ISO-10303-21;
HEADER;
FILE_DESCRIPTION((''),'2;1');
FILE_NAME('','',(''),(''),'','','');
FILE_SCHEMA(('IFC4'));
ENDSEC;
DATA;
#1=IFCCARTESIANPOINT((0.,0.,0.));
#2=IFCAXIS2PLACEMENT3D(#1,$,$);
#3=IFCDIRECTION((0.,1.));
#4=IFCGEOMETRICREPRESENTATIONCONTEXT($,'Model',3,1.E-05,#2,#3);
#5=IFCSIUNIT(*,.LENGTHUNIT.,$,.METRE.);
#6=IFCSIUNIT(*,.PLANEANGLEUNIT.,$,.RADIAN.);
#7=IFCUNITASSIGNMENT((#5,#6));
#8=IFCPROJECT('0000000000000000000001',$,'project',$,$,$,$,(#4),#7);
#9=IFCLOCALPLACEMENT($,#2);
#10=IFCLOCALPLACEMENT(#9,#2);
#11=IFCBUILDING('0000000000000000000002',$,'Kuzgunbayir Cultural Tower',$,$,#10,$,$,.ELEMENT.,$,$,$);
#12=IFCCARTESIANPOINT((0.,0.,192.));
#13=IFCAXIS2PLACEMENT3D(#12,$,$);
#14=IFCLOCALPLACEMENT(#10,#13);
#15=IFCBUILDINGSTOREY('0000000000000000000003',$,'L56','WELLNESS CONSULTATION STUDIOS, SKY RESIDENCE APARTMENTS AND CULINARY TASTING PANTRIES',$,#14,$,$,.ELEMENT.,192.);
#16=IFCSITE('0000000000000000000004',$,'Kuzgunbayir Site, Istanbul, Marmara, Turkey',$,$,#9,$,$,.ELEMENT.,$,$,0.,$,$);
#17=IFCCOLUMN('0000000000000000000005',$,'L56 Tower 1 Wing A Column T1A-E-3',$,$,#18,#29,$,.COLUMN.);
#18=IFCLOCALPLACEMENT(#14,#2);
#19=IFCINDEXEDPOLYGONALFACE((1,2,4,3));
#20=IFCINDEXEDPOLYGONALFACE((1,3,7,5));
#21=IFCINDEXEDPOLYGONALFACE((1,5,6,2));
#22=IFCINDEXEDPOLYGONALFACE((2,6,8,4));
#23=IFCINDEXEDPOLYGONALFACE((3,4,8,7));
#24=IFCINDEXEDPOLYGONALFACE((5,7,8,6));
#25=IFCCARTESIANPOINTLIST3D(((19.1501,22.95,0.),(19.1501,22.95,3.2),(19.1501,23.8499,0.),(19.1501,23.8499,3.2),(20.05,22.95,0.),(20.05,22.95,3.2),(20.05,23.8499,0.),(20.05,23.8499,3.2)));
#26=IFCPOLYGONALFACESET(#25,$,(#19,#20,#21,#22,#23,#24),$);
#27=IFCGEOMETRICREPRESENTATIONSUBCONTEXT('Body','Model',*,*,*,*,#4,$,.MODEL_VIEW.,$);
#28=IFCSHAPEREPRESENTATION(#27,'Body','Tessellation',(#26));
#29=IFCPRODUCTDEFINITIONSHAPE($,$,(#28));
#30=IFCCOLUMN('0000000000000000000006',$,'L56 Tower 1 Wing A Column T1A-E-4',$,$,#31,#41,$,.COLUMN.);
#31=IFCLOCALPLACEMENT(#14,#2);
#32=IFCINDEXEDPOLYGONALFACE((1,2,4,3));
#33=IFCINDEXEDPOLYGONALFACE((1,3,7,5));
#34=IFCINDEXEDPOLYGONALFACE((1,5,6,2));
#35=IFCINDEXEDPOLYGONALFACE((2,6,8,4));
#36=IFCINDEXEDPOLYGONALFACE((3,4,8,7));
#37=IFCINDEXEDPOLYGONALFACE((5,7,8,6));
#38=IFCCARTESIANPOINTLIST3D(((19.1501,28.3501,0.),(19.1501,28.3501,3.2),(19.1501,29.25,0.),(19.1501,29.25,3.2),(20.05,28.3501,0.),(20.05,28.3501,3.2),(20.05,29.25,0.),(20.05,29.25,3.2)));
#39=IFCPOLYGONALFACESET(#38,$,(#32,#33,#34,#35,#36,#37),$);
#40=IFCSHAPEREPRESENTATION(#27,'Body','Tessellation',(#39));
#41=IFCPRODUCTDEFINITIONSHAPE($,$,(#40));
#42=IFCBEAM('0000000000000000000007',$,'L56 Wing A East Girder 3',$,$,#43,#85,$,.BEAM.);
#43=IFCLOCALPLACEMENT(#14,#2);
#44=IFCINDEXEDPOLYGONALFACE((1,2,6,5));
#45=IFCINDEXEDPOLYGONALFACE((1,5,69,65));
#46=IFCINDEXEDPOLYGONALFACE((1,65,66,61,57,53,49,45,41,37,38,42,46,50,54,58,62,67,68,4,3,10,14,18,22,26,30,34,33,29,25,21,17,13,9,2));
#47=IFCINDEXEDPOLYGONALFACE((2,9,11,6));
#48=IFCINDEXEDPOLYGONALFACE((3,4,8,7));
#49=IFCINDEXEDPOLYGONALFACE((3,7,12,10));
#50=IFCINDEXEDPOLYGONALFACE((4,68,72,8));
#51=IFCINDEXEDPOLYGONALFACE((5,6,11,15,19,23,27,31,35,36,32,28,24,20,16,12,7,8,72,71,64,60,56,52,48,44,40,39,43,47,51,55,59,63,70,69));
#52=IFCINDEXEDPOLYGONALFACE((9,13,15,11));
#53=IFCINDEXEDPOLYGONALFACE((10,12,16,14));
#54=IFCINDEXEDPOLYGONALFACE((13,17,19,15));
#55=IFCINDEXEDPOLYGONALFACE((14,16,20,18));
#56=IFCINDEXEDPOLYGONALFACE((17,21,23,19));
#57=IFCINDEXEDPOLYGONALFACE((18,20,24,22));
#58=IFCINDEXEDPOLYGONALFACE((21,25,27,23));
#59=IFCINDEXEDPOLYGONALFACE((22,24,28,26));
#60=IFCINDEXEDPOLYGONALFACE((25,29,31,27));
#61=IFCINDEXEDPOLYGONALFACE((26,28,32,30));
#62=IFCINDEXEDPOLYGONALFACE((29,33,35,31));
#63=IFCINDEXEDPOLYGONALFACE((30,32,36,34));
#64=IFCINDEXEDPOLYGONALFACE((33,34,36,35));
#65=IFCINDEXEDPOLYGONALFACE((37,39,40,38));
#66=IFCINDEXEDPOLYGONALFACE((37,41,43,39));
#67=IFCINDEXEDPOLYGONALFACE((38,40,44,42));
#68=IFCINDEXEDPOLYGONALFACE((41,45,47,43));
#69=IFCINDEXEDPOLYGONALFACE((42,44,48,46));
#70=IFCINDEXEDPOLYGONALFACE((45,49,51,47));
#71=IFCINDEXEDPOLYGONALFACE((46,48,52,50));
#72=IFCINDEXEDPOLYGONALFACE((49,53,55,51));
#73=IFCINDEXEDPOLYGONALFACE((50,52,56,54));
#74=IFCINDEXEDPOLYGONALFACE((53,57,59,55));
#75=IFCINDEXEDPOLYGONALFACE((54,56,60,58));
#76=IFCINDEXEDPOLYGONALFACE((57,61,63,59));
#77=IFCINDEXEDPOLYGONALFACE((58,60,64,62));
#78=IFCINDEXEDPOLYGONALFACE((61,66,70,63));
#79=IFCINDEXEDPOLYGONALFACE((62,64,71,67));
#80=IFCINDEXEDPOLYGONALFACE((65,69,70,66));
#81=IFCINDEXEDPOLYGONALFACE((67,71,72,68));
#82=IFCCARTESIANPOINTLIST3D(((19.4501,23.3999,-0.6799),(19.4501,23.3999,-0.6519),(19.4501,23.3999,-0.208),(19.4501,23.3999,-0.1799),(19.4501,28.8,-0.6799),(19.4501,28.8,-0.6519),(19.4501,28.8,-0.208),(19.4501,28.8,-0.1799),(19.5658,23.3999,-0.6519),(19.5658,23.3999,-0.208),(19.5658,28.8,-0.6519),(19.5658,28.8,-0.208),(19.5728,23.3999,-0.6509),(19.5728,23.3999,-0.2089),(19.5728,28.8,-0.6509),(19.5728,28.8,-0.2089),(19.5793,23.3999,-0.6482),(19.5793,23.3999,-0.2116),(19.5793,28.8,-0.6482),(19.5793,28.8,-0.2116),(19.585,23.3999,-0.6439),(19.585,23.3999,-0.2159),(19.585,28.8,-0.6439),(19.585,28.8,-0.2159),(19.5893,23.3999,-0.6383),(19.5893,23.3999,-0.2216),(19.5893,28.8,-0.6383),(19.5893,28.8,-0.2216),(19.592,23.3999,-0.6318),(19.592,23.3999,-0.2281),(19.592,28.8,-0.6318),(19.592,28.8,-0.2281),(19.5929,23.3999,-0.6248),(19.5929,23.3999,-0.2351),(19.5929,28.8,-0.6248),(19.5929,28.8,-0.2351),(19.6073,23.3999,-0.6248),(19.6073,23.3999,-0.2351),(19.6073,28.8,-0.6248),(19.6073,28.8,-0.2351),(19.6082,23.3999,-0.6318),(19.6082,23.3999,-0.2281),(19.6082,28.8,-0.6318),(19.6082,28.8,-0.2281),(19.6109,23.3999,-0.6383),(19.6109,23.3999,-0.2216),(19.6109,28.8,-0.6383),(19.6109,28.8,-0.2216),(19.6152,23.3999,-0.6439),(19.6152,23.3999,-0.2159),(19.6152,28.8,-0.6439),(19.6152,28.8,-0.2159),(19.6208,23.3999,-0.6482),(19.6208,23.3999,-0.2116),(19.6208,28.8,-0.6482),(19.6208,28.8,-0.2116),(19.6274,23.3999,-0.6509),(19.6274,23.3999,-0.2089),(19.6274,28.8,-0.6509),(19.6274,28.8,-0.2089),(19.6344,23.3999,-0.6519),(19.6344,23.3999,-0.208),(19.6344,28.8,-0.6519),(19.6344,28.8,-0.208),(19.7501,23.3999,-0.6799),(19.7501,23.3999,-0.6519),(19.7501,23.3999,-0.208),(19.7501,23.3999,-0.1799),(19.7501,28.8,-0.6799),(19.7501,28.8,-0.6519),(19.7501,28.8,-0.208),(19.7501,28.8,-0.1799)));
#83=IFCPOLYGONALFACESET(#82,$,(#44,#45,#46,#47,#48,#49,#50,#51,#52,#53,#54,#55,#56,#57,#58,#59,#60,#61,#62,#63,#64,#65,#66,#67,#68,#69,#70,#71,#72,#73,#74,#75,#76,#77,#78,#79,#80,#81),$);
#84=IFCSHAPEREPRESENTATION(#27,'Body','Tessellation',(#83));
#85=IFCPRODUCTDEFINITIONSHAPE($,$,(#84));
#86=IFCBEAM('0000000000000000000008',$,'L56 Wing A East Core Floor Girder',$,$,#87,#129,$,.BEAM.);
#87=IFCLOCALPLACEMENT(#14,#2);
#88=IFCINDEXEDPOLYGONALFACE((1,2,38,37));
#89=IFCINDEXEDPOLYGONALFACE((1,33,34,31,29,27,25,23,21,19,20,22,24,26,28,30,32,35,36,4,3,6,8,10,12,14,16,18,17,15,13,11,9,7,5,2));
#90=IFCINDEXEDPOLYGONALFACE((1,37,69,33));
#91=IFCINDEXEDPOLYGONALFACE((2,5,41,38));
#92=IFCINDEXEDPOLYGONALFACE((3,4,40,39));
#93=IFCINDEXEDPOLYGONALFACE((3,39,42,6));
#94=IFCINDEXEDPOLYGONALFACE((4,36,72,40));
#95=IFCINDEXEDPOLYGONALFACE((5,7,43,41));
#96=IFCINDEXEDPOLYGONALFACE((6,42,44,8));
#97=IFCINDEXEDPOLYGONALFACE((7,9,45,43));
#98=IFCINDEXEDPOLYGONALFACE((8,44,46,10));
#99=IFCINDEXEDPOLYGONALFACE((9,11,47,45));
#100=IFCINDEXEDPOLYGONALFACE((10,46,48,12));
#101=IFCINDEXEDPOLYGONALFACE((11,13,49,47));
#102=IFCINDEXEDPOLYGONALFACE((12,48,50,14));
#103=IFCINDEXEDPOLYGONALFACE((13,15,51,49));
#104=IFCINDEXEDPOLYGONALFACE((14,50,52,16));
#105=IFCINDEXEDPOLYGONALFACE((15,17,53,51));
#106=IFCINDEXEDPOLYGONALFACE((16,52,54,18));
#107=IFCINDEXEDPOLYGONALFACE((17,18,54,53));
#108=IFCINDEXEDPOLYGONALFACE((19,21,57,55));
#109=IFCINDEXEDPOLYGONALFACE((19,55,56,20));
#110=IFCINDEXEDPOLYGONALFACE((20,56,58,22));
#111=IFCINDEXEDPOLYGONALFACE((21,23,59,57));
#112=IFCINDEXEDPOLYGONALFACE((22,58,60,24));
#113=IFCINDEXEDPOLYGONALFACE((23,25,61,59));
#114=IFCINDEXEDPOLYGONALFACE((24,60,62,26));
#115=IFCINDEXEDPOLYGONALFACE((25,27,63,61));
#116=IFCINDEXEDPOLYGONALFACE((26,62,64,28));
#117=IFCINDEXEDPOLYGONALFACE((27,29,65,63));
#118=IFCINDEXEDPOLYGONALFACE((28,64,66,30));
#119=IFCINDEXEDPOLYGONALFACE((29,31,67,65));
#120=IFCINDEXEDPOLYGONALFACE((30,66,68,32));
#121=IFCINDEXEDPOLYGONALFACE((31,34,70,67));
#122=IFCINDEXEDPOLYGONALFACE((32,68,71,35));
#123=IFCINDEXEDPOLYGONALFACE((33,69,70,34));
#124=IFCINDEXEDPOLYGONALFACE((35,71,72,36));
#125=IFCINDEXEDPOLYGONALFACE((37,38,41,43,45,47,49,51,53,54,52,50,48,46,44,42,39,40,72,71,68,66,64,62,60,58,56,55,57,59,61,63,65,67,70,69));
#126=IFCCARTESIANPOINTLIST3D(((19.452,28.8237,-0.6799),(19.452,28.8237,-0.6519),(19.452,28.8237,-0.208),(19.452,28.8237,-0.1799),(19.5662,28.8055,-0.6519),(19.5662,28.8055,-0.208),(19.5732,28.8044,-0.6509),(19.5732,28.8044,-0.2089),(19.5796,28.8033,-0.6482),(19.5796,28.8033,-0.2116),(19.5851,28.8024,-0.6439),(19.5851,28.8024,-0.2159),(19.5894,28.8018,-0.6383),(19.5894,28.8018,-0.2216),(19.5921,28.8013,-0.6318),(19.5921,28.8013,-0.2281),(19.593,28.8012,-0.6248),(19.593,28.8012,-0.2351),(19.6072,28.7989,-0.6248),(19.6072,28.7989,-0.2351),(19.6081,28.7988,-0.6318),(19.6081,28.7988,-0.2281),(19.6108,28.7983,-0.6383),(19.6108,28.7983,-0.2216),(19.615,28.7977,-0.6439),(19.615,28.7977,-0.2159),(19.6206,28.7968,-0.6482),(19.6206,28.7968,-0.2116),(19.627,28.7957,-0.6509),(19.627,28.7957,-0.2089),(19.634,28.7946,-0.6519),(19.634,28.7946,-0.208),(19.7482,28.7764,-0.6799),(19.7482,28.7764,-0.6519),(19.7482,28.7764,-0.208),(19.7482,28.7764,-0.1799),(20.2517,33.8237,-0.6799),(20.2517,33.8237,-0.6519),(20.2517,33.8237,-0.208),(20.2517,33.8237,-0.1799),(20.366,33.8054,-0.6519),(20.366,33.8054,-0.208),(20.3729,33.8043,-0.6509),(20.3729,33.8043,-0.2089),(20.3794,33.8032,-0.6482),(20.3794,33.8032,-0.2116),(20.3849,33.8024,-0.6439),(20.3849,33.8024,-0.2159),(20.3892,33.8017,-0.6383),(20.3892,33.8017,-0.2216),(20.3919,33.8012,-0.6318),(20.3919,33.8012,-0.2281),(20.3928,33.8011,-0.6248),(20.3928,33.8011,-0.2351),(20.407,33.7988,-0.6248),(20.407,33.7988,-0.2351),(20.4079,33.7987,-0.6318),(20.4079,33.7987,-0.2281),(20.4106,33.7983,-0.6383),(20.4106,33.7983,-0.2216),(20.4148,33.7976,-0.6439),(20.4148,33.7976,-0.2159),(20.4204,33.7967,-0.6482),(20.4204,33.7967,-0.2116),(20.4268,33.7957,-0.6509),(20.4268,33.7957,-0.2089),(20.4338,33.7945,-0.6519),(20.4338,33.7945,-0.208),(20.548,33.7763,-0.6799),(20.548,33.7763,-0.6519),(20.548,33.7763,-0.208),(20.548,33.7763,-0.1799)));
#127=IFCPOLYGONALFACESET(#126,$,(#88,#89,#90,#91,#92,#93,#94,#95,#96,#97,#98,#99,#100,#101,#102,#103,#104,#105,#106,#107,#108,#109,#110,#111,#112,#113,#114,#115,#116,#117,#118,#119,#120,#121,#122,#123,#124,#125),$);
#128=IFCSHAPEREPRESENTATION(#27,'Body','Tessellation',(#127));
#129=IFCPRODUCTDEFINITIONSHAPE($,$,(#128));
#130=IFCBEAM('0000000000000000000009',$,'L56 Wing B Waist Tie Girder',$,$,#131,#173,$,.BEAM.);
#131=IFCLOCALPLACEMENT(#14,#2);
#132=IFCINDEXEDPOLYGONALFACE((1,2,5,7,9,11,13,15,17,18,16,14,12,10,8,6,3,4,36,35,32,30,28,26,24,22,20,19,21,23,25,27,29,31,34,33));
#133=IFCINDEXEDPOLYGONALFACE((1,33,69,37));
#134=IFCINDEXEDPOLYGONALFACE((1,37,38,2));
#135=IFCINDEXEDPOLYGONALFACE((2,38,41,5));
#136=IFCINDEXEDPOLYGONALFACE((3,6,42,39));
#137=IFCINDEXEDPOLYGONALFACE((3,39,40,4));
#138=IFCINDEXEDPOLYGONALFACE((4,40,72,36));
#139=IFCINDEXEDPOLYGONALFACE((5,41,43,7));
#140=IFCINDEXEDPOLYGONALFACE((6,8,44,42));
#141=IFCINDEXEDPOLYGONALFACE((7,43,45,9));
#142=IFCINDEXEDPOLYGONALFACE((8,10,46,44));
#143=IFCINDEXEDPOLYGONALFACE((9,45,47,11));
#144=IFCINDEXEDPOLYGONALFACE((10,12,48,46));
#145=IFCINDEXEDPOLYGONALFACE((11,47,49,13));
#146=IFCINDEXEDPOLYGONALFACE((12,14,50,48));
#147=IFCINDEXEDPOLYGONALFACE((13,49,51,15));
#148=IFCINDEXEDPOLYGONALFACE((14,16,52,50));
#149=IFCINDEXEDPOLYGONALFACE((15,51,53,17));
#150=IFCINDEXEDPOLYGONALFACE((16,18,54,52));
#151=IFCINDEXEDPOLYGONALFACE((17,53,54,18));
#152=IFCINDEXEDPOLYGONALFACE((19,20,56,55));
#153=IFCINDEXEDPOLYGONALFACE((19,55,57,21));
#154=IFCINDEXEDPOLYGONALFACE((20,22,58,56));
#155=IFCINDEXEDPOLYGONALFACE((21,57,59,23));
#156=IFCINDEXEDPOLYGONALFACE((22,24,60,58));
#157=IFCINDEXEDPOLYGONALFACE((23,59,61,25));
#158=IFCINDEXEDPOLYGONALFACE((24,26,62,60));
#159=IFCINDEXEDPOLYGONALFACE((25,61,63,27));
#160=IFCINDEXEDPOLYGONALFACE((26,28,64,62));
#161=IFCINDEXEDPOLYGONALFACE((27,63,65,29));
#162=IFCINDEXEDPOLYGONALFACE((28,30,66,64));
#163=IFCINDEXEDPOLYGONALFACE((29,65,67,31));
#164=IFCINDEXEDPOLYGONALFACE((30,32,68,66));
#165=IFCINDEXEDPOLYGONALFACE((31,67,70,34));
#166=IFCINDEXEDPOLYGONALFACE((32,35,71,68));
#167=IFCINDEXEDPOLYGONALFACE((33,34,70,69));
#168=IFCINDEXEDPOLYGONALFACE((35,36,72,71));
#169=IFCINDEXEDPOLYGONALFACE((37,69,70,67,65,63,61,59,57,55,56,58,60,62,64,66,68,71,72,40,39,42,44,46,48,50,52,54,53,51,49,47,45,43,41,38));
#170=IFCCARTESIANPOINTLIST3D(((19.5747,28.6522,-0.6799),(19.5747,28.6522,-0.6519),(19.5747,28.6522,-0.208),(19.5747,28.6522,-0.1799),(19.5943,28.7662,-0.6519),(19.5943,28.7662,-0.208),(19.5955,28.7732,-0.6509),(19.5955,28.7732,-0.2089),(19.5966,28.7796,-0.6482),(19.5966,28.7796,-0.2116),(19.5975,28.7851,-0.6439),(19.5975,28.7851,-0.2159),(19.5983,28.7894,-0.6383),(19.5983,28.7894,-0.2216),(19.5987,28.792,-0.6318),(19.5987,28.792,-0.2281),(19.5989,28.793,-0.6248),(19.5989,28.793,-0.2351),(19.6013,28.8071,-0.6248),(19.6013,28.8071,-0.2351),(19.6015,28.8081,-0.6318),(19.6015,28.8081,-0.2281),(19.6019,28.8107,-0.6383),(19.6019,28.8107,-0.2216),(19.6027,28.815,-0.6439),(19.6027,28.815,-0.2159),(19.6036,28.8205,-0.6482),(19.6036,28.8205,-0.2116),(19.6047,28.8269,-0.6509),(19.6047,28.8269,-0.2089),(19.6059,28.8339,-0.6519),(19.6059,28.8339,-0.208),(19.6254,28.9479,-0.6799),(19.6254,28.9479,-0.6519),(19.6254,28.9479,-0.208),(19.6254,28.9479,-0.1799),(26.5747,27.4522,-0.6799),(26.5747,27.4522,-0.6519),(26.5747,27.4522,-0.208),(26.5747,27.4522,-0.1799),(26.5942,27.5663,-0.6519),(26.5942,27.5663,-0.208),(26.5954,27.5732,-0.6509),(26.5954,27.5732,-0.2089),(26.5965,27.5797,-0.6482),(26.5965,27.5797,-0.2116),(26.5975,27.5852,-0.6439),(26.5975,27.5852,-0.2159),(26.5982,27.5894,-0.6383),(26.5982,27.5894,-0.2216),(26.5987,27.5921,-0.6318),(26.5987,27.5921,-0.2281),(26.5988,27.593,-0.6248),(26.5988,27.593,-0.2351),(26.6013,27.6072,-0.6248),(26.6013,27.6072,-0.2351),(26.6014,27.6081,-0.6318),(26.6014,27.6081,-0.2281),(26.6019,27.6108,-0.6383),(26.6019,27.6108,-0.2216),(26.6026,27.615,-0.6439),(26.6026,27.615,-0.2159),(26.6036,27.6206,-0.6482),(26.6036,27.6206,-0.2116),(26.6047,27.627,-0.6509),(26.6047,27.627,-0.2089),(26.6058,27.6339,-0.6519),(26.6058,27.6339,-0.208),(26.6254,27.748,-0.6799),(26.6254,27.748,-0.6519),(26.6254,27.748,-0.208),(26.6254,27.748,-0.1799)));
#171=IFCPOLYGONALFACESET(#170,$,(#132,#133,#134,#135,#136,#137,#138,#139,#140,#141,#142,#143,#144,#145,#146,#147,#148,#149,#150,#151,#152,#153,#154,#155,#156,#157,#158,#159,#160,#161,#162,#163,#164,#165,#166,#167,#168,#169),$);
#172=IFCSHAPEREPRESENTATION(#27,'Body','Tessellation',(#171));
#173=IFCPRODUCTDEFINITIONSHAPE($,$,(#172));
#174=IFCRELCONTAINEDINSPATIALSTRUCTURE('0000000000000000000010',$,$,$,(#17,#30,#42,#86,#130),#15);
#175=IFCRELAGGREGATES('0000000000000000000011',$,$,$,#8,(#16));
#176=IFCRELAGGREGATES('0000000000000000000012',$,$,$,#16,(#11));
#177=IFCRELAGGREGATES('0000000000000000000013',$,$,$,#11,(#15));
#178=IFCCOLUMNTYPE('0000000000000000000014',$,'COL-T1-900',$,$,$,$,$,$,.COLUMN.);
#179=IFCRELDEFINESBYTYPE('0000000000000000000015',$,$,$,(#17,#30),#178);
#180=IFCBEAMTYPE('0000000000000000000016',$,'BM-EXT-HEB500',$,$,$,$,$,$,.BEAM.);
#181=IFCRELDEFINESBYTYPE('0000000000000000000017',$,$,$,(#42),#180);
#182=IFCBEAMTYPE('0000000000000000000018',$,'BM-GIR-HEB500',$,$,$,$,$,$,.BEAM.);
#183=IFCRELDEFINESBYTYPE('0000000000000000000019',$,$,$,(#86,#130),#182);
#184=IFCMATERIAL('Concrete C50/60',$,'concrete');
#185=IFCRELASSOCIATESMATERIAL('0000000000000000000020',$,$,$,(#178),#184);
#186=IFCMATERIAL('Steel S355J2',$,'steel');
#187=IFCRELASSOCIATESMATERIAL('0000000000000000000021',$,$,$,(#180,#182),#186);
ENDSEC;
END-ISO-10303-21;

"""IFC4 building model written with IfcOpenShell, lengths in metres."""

from ifc_helpers import new_model, si_unit, direction, frame, origin, origin_2d, place, context, subcontext, project, spatial, rectangle, i_section, extrude, material, material_profile, profile_set, type_object, element, save


model = new_model("IFC4")

# Units and contexts
model_context = context("Model", 3, precision=1e-05, world=origin(), true_north=direction((0.0, 1.0)))
body_context = subcontext(model_context, "Body", "Model", "MODEL_VIEW")
ifc_project = project(units=[si_unit("LENGTHUNIT", "METRE"), si_unit("PLANEANGLEUNIT", "RADIAN")], contexts=[model_context])

# Site, building, storey
site_placement = place(None, origin())
site = spatial("IfcSite", under=ifc_project, at=site_placement, Name="Kuzgunbayir Site, Istanbul, Marmara, Turkey", CompositionType="ELEMENT", RefElevation=0.0)
building_placement = place(site_placement, origin())
building = spatial("IfcBuilding", under=site, at=building_placement, Name="Kuzgunbayir Cultural Tower", CompositionType="ELEMENT")
storey_placement = place(building_placement, frame((0.0, 0.0, 192.0)))
storey = spatial("IfcBuildingStorey", under=building, at=storey_placement, Name="L56", Description="WELLNESS CONSULTATION STUDIOS, SKY RESIDENCE APARTMENTS AND CULINARY TASTING PANTRIES", CompositionType="ELEMENT", Elevation=192.0)

# Columns
ifc_material_1 = material(Name="Concrete C50/60", Category="concrete")
ifc_material_profile_1 = material_profile(ifc_material_1, rectangle(XDim=0.8999, YDim=0.8999, at=origin_2d()), Name="RC 900x900")
ifc_profile_set_1 = profile_set([ifc_material_profile_1], Name="Concrete C50/60")
column_type = type_object("IfcColumnType", Name="COL-T1-900", PredefinedType="COLUMN", material=ifc_profile_set_1)
for number, where, z_axis, x_axis, name in (
    (1, (19.6001, 23.3999, 0.0), (0.0, 0.0, 1.0), (1.0, 0.0, 0.0), "L56 Tower 1 Wing A Column T1A-E-3"),
    (2, (19.6001, 28.8, 0.0), (0.0, 0.0, 1.0), (1.0, 0.0, 0.0), "L56 Tower 1 Wing A Column T1A-E-4"),
):
    element("IfcColumn", number, at=place(storey_placement, frame(where, z_axis=z_axis, x_axis=x_axis)), inside=storey, type_object=column_type, Name=name, PredefinedType="COLUMN", context=body_context, shape_type="SweptSolid", body=[
        extrude(rectangle(XDim=0.8999, YDim=0.8999, at=origin_2d()), origin(), (0.0, 0.0, 1.0), 3.2),
    ])

# Beams
ifc_material_2 = material(Name="Steel S355J2", Category="steel")
ifc_material_profile_2 = material_profile(ifc_material_2, i_section(OverallWidth=0.3, OverallDepth=0.5, WebThickness=0.0144, FlangeThickness=0.0281, FilletRadius=0.0271, at=origin_2d()), Name="HEB 500")
ifc_profile_set_2 = profile_set([ifc_material_profile_2], Name="Steel S355J2")
beam_type_1 = type_object("IfcBeamType", Name="BM-EXT-HEB500", PredefinedType="BEAM", material=ifc_profile_set_2)
beam_1_placement = place(storey_placement, frame((19.6001, 23.3999, -0.4299), z_axis=(0.0, 1.0, 0.0), x_axis=(-1.0, 0.0, 0.0)))
element("IfcBeam", 3, at=beam_1_placement, inside=storey, type_object=beam_type_1, Name="L56 Wing A East Girder 3", PredefinedType="BEAM", context=body_context, shape_type="SweptSolid", body=[
    extrude(i_section(OverallWidth=0.3, OverallDepth=0.5, WebThickness=0.0144, FlangeThickness=0.0281, FilletRadius=0.0271, at=origin_2d()), origin(), (0.0, 0.0, 1.0), 5.4001),
])
ifc_material_profile_3 = material_profile(ifc_material_2, i_section(OverallWidth=0.3, OverallDepth=0.5, WebThickness=0.0144, FlangeThickness=0.0281, FilletRadius=0.0271, at=origin_2d()), Name="HEB 500")
ifc_profile_set_3 = profile_set([ifc_material_profile_3], Name="Steel S355J2")
beam_type_2 = type_object("IfcBeamType", Name="BM-GIR-HEB500", PredefinedType="BEAM", material=ifc_profile_set_3)
beam_2_placement = place(storey_placement, frame((19.6001, 28.8, -0.4299), z_axis=(0.157953, 0.987447, 0.0), x_axis=(-0.987447, 0.157953, 0.0)))
element("IfcBeam", 4, at=beam_2_placement, inside=storey, type_object=beam_type_2, Name="L56 Wing A East Core Floor Girder", PredefinedType="BEAM", context=body_context, shape_type="SweptSolid", body=[
    extrude(i_section(OverallWidth=0.3, OverallDepth=0.5, WebThickness=0.0144, FlangeThickness=0.0281, FilletRadius=0.0271, at=origin_2d()), origin(), (0.0, 0.0, 1.0), 5.0635),
])
beam_3_placement = place(storey_placement, frame((19.6001, 28.8, -0.4299), z_axis=(0.985623, -0.168957, 0.0), x_axis=(0.168957, 0.985623, 0.0)))
element("IfcBeam", 5, at=beam_3_placement, inside=storey, type_object=beam_type_2, Name="L56 Wing B Waist Tie Girder", PredefinedType="BEAM", context=body_context, shape_type="SweptSolid", body=[
    extrude(i_section(OverallWidth=0.3, OverallDepth=0.5, WebThickness=0.0144, FlangeThickness=0.0281, FilletRadius=0.0271, at=origin_2d()), origin(), (0.0, 0.0, 1.0), 7.1021),
])

save(model, "model.ifc")
